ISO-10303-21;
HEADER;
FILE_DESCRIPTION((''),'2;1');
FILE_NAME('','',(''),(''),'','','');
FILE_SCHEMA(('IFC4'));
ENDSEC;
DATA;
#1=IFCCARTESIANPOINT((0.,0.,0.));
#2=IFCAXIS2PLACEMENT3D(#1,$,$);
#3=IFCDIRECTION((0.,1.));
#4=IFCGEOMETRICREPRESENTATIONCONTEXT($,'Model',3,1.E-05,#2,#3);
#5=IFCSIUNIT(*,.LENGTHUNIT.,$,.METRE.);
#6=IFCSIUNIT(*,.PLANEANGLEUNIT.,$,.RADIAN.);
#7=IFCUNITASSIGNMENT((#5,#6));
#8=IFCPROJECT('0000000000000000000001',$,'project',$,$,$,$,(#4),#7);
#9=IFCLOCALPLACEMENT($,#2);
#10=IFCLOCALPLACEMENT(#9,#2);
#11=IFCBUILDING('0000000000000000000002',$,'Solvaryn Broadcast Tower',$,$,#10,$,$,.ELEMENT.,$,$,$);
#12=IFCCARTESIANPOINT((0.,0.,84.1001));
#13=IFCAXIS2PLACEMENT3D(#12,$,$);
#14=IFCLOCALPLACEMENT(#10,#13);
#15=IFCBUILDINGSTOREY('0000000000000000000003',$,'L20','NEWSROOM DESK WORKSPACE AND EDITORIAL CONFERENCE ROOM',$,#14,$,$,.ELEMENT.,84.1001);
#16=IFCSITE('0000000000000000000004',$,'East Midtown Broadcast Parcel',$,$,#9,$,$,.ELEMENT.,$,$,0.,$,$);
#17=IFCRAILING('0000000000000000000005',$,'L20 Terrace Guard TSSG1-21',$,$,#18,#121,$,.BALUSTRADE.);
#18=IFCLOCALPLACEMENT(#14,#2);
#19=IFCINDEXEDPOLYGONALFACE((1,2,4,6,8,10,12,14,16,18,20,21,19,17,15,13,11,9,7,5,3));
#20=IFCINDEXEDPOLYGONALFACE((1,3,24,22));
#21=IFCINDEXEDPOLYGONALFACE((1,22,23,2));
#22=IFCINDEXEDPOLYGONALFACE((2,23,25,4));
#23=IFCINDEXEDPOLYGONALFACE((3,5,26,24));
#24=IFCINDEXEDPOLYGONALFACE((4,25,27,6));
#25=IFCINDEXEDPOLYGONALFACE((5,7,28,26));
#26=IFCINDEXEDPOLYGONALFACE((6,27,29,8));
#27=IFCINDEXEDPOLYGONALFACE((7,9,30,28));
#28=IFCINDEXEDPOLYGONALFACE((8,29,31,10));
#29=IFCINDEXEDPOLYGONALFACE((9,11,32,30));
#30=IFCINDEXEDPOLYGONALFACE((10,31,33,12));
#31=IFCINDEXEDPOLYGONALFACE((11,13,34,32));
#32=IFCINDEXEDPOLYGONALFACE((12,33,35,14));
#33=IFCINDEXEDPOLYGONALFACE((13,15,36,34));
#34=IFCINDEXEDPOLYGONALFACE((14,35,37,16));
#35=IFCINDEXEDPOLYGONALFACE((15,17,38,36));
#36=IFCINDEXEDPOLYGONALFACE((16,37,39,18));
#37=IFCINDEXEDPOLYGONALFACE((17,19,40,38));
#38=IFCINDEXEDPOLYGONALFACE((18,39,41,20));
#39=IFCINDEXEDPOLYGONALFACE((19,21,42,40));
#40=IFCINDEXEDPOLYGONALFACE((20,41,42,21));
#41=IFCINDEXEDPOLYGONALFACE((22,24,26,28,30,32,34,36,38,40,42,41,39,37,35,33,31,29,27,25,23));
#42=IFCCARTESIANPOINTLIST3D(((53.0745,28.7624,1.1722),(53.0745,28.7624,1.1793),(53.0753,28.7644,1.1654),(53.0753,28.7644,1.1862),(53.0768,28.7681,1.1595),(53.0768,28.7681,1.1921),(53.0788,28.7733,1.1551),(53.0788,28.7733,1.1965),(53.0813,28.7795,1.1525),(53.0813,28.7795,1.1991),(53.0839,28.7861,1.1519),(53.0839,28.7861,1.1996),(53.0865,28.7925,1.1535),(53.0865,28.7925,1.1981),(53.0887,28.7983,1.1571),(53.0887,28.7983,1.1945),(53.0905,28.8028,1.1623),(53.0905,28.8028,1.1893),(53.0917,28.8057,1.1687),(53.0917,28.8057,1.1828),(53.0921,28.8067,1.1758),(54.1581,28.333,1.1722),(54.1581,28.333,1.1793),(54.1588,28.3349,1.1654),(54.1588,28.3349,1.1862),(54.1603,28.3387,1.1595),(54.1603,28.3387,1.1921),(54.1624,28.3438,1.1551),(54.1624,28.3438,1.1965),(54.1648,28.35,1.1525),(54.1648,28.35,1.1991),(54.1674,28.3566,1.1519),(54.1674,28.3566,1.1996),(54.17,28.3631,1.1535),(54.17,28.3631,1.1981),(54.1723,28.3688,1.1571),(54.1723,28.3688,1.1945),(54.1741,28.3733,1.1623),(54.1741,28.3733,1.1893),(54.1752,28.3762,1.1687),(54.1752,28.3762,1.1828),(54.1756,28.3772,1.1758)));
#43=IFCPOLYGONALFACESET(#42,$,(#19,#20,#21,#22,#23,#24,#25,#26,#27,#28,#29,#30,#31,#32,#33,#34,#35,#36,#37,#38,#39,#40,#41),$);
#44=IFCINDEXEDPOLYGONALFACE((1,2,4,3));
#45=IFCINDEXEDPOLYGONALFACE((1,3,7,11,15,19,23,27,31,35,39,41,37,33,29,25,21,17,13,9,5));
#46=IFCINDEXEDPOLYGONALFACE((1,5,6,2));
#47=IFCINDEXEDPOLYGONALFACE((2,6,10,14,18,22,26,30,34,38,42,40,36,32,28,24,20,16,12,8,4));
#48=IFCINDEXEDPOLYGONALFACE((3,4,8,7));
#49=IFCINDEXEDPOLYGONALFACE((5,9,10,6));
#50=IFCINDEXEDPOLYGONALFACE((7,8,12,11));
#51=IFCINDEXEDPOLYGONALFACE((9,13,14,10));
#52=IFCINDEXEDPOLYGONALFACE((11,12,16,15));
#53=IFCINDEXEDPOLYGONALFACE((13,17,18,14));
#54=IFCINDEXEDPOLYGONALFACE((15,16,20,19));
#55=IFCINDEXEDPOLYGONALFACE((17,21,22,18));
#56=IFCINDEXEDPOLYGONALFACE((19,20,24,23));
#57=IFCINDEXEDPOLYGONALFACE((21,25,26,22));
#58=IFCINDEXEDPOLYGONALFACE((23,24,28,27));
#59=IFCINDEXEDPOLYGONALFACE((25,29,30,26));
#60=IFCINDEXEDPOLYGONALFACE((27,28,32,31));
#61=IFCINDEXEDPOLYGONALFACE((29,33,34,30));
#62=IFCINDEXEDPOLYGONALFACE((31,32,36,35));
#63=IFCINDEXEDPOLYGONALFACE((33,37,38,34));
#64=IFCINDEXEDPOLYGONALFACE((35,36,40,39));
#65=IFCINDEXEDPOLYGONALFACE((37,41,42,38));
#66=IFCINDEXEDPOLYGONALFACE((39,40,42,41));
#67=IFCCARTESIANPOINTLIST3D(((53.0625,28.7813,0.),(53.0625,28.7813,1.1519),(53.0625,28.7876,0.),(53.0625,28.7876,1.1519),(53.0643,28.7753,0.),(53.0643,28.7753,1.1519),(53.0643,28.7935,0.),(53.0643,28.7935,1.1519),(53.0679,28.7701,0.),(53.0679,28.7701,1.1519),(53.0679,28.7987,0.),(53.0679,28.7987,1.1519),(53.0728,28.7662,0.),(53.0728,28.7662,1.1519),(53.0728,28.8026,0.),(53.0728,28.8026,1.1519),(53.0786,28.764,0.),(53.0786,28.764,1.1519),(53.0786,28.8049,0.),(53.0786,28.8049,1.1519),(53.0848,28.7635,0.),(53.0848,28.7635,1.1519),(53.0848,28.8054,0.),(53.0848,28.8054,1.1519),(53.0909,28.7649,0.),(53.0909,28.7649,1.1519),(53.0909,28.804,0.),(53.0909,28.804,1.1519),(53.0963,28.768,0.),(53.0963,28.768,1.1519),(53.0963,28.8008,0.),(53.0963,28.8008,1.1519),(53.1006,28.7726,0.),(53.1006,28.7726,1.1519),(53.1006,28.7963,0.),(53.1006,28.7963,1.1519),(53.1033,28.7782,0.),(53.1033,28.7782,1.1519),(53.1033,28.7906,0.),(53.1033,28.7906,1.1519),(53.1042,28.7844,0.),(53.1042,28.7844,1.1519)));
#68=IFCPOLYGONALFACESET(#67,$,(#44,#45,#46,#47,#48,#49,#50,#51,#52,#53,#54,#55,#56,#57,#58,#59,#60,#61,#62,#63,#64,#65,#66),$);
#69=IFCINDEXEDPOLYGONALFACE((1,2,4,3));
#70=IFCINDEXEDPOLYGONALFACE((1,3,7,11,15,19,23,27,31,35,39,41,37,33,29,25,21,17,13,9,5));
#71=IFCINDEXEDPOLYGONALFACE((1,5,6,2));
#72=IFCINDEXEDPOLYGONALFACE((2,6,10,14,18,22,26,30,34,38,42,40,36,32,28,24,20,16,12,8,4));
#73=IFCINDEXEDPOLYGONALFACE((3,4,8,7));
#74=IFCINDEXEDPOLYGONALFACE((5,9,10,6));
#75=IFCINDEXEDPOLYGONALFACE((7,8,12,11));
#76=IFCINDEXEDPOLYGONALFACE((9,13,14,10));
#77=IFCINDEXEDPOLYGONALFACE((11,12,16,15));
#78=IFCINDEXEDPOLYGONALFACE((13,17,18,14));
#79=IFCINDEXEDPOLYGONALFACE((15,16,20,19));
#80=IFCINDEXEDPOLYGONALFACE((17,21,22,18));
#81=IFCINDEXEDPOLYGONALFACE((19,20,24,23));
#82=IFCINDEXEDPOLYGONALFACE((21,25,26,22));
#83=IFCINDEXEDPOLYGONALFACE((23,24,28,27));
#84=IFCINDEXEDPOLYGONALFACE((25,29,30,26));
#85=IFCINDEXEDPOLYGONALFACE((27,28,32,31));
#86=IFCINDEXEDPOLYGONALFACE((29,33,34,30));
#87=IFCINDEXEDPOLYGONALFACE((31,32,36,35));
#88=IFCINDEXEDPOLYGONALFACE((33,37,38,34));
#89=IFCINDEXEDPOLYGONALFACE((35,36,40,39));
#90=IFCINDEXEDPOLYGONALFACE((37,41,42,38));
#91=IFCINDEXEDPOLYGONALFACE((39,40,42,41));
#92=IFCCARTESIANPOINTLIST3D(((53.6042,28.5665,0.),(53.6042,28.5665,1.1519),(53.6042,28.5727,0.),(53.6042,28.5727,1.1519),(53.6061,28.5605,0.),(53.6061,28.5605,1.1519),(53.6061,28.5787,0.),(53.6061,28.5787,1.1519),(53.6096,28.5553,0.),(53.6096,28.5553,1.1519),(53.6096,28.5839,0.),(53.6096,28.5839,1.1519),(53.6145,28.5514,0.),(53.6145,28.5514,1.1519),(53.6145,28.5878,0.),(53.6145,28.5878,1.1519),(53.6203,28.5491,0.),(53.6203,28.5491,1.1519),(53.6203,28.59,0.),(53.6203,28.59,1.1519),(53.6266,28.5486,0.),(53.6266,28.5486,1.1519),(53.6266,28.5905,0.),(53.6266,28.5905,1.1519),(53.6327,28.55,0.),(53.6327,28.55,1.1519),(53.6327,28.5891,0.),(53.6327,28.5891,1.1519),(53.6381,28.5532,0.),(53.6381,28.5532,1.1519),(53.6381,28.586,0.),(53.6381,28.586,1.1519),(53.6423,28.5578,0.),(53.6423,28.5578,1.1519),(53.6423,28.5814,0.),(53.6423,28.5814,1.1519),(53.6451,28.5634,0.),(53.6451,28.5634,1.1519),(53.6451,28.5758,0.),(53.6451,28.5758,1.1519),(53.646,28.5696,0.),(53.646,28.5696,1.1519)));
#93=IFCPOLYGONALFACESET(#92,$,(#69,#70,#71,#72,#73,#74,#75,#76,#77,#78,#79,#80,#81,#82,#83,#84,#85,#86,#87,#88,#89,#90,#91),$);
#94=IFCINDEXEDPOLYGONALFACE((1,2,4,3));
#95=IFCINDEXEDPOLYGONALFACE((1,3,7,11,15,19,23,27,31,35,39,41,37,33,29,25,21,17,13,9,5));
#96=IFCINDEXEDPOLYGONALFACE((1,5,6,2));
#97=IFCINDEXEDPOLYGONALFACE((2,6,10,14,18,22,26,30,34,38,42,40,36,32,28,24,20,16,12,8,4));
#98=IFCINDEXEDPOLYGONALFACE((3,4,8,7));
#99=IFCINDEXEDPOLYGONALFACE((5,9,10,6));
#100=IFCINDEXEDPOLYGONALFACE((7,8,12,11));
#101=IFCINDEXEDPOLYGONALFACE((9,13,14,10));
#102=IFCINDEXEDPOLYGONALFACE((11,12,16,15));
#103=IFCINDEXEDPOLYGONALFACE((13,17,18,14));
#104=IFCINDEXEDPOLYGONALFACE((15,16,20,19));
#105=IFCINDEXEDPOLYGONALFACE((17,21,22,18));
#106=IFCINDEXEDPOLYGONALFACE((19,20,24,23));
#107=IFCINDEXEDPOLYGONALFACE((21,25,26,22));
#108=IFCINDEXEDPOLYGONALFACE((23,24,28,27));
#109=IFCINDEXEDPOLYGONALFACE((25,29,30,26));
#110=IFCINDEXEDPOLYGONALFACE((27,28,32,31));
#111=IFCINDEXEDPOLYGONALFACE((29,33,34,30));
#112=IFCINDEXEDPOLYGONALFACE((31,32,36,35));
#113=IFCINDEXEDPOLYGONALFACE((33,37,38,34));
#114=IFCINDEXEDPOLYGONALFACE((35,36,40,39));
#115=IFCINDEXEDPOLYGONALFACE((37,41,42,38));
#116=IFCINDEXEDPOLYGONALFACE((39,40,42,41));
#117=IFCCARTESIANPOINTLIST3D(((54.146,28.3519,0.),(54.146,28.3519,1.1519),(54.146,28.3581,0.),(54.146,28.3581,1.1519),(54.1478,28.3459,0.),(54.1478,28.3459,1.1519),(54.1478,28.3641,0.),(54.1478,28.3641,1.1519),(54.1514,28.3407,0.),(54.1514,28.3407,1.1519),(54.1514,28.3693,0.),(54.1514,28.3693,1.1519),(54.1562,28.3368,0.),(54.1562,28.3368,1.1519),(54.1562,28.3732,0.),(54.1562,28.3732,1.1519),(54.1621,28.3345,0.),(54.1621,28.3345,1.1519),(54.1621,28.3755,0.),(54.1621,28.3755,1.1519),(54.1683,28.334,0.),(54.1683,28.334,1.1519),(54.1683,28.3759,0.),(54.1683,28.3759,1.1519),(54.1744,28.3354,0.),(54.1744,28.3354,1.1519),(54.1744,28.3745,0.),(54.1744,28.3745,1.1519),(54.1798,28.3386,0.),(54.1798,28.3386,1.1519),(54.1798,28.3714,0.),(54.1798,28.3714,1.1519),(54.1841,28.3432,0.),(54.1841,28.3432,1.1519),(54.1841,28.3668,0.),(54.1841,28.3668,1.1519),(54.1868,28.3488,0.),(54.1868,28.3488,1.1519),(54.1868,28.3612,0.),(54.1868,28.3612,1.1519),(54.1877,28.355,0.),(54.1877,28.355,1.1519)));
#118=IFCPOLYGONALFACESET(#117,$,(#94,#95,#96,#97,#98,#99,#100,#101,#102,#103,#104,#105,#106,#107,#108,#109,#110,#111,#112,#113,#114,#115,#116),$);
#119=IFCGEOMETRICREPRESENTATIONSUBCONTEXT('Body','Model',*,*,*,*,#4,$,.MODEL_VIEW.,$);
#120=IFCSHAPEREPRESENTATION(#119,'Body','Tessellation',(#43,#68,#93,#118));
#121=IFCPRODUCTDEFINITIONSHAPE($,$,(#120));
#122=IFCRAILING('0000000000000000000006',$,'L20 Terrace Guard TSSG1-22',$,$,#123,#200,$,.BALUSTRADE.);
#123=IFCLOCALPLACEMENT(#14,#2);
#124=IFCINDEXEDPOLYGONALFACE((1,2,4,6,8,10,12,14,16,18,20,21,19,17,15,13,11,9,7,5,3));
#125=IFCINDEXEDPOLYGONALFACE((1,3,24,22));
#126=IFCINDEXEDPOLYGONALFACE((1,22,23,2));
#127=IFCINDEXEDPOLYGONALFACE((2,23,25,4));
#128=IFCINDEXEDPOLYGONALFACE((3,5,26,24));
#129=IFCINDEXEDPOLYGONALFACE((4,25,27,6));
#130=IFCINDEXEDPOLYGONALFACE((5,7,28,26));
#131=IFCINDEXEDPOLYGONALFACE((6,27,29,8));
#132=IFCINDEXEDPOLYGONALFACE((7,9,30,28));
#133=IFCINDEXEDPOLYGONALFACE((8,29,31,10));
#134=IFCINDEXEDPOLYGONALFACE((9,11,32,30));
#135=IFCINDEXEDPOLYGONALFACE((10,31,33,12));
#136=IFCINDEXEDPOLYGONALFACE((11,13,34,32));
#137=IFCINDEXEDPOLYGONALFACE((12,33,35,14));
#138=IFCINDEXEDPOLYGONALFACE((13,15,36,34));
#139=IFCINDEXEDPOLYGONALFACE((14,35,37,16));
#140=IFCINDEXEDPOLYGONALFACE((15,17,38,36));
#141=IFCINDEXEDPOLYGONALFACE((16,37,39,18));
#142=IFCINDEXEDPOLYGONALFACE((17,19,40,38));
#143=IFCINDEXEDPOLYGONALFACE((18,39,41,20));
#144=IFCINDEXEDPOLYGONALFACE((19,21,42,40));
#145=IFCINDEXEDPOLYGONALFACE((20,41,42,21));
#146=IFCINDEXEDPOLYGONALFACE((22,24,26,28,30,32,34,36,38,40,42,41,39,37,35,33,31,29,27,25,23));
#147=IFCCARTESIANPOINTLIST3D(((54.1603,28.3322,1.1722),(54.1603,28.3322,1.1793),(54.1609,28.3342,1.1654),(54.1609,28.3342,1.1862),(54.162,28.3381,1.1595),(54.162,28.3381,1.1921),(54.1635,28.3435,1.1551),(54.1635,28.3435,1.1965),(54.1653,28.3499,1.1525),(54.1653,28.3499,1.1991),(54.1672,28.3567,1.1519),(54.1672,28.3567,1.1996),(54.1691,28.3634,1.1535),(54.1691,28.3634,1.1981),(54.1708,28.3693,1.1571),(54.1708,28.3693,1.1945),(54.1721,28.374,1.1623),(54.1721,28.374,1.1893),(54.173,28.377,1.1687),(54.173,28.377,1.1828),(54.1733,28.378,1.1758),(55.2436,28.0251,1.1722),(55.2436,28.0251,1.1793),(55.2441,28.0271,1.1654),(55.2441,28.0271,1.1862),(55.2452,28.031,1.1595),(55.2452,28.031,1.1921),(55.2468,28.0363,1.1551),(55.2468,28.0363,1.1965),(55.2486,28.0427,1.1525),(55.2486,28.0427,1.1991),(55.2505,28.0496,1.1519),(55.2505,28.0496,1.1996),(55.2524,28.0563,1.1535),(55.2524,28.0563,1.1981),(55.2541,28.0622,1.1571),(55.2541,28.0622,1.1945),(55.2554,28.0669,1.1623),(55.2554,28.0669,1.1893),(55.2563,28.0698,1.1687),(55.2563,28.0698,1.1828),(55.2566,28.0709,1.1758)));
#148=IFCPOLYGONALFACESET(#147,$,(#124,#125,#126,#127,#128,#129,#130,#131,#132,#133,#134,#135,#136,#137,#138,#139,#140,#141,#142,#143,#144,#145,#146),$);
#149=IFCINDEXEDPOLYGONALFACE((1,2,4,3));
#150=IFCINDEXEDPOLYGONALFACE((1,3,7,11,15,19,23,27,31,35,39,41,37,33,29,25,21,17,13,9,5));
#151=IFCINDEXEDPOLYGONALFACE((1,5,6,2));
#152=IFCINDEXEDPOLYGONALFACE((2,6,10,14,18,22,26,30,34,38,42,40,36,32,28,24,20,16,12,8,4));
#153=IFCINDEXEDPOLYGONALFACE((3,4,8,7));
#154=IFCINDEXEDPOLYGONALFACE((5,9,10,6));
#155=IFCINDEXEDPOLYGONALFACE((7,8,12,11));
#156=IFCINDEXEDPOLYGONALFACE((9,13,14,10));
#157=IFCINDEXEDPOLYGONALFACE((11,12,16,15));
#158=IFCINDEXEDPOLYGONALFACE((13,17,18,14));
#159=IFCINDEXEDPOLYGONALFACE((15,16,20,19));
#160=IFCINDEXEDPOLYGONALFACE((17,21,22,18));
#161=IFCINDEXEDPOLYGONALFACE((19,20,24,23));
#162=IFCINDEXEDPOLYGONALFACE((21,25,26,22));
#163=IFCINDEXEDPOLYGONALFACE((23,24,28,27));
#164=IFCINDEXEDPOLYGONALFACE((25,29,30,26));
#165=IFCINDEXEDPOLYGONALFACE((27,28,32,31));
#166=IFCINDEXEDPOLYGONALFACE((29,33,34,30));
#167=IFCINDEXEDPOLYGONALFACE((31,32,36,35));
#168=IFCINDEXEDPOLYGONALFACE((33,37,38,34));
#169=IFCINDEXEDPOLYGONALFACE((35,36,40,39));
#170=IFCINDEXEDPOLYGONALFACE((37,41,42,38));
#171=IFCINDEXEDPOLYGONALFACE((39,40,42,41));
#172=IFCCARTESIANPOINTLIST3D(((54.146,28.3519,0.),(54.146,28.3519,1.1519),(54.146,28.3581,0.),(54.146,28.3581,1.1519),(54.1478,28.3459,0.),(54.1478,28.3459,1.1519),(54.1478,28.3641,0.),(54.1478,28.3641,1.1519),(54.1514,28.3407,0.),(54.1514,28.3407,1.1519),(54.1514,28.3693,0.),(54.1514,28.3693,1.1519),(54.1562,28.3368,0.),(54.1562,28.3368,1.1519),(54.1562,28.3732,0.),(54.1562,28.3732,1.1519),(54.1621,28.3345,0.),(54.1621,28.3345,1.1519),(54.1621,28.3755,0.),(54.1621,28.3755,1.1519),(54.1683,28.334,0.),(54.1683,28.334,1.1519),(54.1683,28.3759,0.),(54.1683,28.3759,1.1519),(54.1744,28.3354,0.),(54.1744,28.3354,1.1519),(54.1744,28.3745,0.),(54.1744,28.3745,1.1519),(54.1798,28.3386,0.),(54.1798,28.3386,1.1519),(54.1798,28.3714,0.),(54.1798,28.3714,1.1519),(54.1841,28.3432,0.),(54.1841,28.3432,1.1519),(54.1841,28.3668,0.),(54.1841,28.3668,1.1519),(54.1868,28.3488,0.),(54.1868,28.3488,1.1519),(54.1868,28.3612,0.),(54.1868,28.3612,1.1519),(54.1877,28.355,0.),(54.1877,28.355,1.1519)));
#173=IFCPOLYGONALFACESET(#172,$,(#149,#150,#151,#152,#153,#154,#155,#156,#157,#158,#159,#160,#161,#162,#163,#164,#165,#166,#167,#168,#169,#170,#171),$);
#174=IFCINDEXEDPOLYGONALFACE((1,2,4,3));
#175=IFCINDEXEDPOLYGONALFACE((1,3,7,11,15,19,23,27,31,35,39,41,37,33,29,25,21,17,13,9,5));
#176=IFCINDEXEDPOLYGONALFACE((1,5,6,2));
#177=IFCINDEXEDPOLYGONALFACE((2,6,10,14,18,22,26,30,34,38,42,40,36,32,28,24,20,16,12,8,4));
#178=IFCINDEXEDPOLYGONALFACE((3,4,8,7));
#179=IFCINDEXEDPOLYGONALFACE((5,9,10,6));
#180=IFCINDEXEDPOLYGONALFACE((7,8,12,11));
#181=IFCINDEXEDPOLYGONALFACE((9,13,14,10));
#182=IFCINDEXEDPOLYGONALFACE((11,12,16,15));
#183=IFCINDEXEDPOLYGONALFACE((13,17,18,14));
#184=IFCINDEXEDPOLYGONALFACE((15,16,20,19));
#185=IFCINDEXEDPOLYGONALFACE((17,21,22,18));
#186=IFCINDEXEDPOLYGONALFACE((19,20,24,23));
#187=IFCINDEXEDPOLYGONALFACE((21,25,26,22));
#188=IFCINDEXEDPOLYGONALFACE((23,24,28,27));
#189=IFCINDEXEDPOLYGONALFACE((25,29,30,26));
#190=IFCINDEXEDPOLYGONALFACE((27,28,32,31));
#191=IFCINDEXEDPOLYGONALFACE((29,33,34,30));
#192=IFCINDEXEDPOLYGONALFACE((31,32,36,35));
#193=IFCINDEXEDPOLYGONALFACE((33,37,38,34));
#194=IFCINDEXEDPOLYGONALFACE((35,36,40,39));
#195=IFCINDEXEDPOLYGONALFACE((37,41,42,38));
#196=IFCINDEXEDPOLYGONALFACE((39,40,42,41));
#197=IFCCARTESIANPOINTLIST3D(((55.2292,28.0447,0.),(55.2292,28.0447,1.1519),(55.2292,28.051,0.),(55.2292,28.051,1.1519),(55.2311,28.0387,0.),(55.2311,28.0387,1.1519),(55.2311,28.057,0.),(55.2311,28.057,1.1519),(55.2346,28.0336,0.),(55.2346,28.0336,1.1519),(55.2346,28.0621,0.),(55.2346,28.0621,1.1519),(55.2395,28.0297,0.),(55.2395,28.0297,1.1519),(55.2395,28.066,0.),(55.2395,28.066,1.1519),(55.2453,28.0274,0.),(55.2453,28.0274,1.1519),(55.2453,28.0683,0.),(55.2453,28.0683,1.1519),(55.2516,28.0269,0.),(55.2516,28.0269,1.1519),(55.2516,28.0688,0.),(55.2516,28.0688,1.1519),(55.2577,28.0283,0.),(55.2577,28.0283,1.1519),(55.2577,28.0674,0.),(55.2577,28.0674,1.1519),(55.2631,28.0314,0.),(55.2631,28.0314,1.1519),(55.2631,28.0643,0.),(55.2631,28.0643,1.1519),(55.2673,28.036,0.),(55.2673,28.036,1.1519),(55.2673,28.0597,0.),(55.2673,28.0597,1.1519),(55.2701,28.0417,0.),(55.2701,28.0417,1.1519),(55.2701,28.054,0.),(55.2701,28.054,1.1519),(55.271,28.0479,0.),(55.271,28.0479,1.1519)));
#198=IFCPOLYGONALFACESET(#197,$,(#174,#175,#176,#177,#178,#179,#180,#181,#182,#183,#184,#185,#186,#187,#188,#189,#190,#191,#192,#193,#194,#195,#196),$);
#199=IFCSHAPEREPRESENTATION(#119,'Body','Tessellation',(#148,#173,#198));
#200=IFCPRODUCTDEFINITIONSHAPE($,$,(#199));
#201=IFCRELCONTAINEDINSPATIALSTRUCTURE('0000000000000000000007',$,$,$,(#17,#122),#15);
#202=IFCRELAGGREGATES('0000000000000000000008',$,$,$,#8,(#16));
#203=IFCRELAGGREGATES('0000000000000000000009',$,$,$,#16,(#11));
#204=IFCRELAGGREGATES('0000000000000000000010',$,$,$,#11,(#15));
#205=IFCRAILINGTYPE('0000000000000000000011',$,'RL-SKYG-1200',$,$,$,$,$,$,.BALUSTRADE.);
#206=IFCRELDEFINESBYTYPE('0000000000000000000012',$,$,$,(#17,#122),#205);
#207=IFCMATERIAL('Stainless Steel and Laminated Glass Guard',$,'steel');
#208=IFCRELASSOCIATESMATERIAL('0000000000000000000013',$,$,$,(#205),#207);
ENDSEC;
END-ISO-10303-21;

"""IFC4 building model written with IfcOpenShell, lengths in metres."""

from ifc_helpers import new_model, si_unit, direction, frame, origin, origin_2d, place, context, subcontext, project, spatial, circle, extrude, material, type_object, element, save


model = new_model("IFC4")

# Units and contexts
model_context = context("Model", 3, precision=1e-05, world=origin(), true_north=direction((0.0, 1.0)))
body_context = subcontext(model_context, "Body", "Model", "MODEL_VIEW")
ifc_project = project(units=[si_unit("LENGTHUNIT", "METRE"), si_unit("PLANEANGLEUNIT", "RADIAN")], contexts=[model_context])

# Site, building, storey
site_placement = place(None, origin())
site = spatial("IfcSite", under=ifc_project, at=site_placement, Name="East Midtown Broadcast Parcel", CompositionType="ELEMENT", RefElevation=0.0)
building_placement = place(site_placement, origin())
building = spatial("IfcBuilding", under=site, at=building_placement, Name="Solvaryn Broadcast Tower", CompositionType="ELEMENT")
storey_placement = place(building_placement, frame((0.0, 0.0, 84.1001)))
storey = spatial("IfcBuildingStorey", under=building, at=storey_placement, Name="L20", Description="NEWSROOM DESK WORKSPACE AND EDITORIAL CONFERENCE ROOM", CompositionType="ELEMENT", Elevation=84.1001)

# Railings
ifc_material_1 = material(Name="Stainless Steel and Laminated Glass Guard", Category="steel")
railing_type = type_object("IfcRailingType", Name="RL-SKYG-1200", PredefinedType="BALUSTRADE", material=ifc_material_1)
railing_1_placement = place(storey_placement, frame((53.0833, 28.7844, 0.0)))
element("IfcRailing", 1, at=railing_1_placement, inside=storey, type_object=railing_type, Name="L20 Terrace Guard TSSG1-21", PredefinedType="BALUSTRADE", context=body_context, shape_type="SweptSolid", body=[
    extrude(circle(Radius=0.0239, at=origin_2d()), frame((0.0, 0.0, 1.1758), z_axis=(0.929642, -0.368463, 0.0), x_axis=(0.368463, 0.929642, 0.0)), (0.0, 0.0, 1.0), 1.1655),
    extrude(circle(Radius=0.021, at=origin_2d()), origin(), (0.0, 0.0, 1.0), 1.1519),
    extrude(circle(Radius=0.021, at=origin_2d()), frame((0.5417, -0.2148, 0.0)), (0.0, 0.0, 1.0), 1.1519),
    extrude(circle(Radius=0.021, at=origin_2d()), frame((1.0835, -0.4294, 0.0)), (0.0, 0.0, 1.0), 1.1519),
])
railing_2_placement = place(storey_placement, frame((54.1667, 28.355, 0.0)))
element("IfcRailing", 2, at=railing_2_placement, inside=storey, type_object=railing_type, Name="L20 Terrace Guard TSSG1-22", PredefinedType="BALUSTRADE", context=body_context, shape_type="SweptSolid", body=[
    extrude(circle(Radius=0.0239, at=origin_2d()), frame((0.0, 0.0, 1.1758), z_axis=(0.962078, -0.272773, 0.0), x_axis=(0.272773, 0.962078, 0.0)), (0.0, 0.0, 1.0), 1.126),
    extrude(circle(Radius=0.021, at=origin_2d()), origin(), (0.0, 0.0, 1.0), 1.1519),
    extrude(circle(Radius=0.021, at=origin_2d()), frame((1.0833, -0.3071, 0.0)), (0.0, 0.0, 1.0), 1.1519),
])

save(model, "model.ifc")
